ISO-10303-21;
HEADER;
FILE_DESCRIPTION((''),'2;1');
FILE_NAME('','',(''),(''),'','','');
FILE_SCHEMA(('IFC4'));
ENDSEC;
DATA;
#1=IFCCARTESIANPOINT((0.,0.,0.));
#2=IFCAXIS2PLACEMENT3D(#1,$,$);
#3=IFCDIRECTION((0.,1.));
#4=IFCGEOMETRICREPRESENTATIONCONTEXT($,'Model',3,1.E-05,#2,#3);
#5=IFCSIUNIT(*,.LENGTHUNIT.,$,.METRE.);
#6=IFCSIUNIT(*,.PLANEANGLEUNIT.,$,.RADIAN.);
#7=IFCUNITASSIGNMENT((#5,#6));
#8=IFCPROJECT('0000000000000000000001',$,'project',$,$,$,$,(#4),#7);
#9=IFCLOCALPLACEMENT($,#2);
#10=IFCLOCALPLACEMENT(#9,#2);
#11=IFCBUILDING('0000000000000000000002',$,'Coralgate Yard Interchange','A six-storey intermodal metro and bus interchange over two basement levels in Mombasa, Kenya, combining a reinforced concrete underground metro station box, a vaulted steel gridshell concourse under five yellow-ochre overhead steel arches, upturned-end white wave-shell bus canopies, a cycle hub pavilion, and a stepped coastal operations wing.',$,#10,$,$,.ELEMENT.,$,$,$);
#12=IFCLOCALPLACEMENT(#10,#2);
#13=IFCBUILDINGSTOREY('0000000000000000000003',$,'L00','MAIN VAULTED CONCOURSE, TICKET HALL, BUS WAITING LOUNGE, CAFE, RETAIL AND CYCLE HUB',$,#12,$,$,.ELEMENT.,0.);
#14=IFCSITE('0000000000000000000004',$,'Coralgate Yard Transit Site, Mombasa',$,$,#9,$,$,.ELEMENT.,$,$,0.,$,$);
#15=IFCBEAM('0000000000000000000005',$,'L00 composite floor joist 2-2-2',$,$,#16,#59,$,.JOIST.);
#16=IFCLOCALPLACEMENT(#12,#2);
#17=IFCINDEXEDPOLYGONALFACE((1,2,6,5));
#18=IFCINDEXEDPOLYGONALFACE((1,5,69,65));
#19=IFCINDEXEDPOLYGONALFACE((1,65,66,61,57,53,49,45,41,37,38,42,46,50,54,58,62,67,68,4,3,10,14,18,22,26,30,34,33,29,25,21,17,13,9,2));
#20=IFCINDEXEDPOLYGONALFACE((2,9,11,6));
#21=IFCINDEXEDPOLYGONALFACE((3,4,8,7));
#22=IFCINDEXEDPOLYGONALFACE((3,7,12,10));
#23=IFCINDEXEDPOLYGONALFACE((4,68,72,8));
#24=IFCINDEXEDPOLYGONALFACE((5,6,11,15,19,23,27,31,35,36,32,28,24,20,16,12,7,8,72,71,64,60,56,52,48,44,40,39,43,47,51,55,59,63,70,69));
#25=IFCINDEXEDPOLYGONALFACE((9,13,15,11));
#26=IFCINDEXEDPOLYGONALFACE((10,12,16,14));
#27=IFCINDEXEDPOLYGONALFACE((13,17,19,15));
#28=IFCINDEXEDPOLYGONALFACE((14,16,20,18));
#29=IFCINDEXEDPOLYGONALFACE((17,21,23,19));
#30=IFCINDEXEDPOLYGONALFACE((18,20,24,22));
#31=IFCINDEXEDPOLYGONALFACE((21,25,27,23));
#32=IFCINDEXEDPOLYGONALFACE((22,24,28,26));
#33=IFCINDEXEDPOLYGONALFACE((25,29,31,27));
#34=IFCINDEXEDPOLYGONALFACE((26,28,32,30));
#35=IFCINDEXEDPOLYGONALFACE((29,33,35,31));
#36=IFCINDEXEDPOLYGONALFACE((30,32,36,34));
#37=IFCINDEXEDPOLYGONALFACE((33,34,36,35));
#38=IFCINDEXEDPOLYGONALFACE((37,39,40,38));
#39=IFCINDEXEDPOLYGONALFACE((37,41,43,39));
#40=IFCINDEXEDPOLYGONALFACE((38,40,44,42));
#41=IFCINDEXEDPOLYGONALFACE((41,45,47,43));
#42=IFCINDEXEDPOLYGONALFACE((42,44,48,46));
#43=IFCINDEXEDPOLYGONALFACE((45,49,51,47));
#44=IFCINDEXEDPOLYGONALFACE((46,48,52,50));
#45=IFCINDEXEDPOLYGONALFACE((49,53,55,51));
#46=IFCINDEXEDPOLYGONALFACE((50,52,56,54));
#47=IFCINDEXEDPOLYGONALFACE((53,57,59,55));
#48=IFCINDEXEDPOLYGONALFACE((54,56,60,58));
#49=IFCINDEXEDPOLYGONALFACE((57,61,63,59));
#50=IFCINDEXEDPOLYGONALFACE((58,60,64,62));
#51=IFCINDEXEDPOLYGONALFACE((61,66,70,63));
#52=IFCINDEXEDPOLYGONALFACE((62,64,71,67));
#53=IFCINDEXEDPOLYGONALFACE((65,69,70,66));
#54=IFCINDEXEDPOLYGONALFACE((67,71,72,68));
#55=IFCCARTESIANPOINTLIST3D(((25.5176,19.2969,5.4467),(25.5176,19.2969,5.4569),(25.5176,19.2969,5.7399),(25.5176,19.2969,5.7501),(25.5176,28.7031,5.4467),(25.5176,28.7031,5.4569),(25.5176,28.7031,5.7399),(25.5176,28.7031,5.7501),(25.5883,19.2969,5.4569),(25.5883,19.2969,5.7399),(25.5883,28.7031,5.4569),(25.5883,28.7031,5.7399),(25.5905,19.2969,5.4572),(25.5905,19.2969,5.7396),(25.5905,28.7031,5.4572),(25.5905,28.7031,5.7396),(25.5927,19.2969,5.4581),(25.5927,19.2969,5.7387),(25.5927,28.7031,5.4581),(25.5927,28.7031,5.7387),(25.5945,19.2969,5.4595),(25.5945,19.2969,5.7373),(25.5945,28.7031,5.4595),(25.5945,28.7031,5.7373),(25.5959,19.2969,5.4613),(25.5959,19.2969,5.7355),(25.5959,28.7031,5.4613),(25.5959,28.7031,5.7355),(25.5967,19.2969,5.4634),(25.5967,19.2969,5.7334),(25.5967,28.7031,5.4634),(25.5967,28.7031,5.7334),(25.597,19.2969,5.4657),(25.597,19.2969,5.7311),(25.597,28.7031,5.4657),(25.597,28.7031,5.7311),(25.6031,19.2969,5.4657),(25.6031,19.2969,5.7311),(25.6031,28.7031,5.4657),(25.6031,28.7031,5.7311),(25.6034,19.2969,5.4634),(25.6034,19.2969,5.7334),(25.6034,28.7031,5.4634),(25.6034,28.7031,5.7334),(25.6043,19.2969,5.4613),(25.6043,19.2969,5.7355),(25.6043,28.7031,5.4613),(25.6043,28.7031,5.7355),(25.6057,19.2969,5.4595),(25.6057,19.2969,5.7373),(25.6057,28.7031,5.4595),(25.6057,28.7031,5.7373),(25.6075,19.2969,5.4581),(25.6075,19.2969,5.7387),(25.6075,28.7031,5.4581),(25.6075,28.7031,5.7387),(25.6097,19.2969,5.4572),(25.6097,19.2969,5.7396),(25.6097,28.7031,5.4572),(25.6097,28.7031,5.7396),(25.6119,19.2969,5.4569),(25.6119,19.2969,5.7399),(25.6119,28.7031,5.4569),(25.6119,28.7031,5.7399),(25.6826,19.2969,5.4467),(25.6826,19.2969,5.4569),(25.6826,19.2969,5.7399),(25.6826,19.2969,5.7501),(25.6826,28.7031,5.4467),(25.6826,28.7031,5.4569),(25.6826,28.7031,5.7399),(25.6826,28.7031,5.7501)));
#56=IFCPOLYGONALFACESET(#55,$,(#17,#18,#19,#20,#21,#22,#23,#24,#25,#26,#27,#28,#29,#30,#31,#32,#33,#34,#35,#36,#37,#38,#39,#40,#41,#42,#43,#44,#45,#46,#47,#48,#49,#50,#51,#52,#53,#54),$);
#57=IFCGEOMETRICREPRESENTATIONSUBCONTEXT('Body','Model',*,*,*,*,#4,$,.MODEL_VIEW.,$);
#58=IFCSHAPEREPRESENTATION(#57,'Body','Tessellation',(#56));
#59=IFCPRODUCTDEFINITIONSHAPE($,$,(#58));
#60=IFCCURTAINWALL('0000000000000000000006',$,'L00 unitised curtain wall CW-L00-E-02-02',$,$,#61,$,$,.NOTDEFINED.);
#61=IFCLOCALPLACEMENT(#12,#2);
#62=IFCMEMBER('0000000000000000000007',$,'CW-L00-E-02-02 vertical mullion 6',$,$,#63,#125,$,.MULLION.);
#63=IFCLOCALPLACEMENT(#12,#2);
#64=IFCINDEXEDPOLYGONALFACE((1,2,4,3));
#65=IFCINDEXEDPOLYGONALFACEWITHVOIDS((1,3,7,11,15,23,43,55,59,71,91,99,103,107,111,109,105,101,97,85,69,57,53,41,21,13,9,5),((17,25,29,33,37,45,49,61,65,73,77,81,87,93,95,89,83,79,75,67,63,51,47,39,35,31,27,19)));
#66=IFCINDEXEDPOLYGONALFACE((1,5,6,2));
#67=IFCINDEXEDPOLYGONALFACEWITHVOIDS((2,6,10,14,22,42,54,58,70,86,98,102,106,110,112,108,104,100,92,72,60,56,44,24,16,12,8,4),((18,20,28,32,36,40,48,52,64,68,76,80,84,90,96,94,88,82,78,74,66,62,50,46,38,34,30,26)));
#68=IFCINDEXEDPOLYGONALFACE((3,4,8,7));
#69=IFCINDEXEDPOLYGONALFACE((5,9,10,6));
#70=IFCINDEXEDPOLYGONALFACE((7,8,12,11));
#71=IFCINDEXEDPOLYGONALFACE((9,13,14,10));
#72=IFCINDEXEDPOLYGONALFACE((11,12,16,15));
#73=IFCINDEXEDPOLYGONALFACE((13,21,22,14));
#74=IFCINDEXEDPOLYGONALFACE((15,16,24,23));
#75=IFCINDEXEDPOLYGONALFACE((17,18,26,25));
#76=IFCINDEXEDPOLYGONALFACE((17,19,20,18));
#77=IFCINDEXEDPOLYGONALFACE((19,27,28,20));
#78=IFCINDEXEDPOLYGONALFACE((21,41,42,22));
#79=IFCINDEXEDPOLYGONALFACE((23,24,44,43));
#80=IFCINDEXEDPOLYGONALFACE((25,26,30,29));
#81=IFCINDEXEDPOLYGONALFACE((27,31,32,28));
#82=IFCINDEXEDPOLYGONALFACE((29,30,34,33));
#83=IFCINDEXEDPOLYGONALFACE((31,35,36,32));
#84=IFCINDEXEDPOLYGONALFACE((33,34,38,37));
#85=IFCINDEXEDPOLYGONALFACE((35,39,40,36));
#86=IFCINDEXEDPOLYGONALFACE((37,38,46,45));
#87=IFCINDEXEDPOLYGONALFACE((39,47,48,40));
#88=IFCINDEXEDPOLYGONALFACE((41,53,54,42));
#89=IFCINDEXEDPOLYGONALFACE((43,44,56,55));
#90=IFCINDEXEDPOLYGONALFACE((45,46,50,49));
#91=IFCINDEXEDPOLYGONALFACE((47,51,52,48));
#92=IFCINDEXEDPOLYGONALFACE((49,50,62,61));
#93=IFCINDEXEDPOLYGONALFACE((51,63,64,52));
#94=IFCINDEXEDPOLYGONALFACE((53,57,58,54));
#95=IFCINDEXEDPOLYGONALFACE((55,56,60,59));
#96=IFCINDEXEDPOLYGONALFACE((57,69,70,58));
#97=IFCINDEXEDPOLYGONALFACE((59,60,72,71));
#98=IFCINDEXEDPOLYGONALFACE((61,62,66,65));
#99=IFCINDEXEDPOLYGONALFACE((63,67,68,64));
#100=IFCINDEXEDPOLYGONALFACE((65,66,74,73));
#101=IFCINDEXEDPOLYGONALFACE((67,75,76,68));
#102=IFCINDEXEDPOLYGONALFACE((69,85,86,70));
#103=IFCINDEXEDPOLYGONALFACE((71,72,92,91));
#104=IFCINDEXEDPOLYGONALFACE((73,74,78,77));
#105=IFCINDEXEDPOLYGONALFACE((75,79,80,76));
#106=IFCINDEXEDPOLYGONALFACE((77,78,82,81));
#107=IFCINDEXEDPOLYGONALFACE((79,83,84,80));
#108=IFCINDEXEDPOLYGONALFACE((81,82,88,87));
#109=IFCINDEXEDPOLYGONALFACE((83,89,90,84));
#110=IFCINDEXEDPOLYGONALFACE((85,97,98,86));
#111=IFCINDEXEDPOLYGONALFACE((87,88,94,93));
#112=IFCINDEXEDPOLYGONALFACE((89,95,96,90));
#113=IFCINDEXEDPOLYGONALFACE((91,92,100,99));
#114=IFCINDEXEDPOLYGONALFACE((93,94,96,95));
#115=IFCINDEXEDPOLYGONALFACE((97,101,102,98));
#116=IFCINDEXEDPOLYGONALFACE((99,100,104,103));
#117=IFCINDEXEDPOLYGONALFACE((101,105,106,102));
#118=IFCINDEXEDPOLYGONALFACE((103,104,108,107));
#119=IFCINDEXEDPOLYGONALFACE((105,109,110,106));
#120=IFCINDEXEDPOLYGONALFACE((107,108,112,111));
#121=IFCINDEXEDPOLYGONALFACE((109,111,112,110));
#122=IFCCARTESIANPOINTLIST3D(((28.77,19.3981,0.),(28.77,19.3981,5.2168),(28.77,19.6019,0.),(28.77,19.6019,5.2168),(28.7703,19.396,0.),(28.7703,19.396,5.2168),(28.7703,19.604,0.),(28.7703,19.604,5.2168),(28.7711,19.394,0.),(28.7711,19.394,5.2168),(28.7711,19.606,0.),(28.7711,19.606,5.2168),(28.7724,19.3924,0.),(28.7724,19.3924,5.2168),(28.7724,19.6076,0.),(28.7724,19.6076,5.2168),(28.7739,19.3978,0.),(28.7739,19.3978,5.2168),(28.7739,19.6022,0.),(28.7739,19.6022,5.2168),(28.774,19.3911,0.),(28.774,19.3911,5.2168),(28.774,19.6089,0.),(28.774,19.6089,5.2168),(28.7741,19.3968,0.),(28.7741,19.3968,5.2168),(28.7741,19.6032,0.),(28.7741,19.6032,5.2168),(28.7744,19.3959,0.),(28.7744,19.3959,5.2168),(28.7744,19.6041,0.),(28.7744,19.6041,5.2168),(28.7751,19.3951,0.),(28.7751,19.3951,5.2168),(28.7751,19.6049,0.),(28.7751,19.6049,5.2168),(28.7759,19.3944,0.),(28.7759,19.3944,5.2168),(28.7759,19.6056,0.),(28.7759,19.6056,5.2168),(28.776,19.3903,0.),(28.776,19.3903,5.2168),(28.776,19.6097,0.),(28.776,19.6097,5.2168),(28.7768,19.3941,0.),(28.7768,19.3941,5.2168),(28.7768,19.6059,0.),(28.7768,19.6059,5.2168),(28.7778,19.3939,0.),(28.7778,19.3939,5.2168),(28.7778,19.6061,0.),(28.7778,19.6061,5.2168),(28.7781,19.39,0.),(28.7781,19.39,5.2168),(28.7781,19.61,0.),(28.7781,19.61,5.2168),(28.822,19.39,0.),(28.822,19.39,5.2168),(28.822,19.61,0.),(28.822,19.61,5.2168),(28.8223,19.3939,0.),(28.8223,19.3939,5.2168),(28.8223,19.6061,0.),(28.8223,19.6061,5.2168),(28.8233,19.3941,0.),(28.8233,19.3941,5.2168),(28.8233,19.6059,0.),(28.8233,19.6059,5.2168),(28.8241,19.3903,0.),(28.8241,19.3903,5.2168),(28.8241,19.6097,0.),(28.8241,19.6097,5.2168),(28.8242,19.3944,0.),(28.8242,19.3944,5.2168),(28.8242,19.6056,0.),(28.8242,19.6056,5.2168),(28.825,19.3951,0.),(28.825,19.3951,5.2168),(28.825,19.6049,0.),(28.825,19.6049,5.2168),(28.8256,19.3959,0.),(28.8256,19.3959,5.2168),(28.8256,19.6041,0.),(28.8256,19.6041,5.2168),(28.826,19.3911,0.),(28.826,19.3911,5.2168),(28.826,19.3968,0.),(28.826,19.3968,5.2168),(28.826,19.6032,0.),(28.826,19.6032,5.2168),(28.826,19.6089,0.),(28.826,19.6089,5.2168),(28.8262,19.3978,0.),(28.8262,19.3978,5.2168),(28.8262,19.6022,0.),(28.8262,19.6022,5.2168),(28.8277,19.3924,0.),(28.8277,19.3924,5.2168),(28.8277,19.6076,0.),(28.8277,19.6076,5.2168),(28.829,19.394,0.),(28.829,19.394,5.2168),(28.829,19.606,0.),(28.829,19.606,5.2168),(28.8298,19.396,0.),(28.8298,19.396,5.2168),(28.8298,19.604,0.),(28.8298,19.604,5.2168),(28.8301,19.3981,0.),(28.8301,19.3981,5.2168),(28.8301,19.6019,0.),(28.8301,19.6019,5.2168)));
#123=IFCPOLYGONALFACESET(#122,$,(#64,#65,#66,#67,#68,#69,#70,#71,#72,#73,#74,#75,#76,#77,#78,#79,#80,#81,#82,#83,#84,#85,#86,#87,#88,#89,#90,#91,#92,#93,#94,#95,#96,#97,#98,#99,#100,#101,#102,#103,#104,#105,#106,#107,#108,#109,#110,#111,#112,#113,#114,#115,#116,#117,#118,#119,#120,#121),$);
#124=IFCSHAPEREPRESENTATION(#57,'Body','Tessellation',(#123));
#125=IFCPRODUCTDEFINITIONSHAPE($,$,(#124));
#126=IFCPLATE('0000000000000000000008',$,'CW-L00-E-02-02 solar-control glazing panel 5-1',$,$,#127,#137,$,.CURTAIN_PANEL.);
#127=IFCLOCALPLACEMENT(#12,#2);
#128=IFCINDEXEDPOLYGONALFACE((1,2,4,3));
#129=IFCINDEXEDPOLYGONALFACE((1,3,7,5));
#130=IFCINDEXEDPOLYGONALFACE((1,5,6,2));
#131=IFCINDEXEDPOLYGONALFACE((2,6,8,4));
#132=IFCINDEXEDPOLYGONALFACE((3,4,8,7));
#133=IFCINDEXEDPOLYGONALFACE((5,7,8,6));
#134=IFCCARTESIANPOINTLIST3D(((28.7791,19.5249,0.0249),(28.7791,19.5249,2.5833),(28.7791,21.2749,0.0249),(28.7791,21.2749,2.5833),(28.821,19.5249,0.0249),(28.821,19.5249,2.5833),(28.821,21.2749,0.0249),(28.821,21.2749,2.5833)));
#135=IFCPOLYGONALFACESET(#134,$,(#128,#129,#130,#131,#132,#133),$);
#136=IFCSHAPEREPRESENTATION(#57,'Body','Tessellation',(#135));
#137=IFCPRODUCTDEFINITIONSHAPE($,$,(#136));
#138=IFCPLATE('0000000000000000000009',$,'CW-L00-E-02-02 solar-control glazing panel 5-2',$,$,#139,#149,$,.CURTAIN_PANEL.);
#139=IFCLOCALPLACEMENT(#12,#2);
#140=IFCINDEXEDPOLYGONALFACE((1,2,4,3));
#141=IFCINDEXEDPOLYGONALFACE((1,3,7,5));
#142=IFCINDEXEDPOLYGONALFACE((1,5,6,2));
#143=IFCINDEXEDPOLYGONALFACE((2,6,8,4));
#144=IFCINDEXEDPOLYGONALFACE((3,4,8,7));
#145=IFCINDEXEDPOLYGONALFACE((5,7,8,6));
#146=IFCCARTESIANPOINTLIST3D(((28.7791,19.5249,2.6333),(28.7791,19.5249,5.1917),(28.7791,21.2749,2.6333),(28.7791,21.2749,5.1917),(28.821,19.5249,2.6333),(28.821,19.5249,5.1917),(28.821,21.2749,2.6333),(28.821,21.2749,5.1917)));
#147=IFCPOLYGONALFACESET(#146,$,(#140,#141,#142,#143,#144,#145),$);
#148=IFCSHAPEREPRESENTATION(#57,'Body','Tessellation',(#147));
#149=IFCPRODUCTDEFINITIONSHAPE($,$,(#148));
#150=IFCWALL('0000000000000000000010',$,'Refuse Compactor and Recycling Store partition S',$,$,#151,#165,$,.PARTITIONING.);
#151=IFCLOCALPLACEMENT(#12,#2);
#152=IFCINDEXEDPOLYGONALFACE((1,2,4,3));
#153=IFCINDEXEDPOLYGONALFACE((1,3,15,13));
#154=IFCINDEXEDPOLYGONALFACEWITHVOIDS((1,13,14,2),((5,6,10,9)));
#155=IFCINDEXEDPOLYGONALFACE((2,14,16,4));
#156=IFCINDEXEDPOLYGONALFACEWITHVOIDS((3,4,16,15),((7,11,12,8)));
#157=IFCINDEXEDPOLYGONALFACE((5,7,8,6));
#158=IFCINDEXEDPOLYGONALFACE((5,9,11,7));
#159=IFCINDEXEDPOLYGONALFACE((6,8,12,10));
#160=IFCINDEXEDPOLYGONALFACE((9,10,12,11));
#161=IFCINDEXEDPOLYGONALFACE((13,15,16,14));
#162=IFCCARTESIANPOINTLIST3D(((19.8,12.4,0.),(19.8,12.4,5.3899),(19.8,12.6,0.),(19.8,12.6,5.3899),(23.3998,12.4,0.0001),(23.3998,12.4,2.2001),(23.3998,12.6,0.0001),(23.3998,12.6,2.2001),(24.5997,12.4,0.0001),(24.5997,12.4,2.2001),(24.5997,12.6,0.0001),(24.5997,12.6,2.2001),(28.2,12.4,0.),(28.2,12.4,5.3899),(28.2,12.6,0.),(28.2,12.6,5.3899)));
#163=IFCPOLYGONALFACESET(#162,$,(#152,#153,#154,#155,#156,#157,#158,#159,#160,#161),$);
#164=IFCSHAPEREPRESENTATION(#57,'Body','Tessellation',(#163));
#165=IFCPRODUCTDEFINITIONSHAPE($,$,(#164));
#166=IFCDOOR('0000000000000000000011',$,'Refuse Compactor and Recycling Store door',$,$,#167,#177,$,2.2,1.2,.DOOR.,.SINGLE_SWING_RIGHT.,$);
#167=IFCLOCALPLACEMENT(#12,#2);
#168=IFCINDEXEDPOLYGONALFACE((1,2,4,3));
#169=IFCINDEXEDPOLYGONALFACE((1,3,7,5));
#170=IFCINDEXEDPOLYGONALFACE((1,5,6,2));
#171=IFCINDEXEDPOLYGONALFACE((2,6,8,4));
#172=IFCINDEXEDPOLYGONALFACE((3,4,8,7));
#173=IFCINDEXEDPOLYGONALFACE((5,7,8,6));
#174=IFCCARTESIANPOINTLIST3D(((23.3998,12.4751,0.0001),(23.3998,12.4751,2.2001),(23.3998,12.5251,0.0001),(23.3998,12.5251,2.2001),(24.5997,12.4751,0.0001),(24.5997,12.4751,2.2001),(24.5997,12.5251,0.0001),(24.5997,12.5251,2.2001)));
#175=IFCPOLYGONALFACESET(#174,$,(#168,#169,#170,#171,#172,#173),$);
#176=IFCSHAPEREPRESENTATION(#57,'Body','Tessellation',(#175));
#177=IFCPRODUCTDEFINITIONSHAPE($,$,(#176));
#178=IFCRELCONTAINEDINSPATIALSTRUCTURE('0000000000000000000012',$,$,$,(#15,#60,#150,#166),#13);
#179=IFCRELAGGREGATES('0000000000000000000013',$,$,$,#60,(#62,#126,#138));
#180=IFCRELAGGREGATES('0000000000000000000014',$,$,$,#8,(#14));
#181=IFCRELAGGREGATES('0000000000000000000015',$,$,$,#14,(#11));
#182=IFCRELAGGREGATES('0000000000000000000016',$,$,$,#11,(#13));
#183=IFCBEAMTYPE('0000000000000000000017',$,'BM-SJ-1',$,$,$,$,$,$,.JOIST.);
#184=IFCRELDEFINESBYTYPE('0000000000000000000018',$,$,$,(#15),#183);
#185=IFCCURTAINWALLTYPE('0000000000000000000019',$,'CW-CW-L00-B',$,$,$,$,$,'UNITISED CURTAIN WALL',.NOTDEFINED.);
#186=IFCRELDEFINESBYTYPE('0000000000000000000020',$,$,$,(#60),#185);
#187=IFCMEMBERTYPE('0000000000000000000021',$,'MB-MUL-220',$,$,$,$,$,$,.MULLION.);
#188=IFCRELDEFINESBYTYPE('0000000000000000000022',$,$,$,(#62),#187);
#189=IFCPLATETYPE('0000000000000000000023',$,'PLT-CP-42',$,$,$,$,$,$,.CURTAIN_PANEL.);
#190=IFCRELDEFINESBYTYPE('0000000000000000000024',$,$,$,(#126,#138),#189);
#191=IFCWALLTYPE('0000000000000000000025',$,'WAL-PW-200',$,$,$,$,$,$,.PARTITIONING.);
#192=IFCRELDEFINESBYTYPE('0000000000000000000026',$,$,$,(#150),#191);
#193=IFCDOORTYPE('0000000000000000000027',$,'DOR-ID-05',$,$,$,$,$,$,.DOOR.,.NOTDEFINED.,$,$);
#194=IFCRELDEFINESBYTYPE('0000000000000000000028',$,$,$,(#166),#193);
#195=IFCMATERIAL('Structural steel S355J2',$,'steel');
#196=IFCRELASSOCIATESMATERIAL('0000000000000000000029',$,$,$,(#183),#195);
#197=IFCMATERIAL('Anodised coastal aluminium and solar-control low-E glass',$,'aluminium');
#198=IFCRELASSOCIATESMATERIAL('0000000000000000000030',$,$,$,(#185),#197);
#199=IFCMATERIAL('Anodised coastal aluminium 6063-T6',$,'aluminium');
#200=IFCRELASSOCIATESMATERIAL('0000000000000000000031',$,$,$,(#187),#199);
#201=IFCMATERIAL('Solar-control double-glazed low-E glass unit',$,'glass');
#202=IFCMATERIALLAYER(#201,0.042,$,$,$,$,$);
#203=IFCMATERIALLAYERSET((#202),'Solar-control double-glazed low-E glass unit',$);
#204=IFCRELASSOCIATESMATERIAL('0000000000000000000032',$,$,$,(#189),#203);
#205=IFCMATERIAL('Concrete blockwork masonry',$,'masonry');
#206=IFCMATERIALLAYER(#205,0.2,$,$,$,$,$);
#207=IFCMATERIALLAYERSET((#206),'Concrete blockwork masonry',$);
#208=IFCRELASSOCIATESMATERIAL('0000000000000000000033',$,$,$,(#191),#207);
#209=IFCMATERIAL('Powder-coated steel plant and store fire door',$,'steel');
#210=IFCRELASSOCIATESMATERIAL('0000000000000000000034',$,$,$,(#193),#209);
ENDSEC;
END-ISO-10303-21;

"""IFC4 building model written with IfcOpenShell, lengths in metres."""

from ifc_helpers import new_model, si_unit, direction, frame, frame_2d, origin, origin_2d, place, context, subcontext, project, spatial, rectangle, hollow_rectangle, i_section, extrude, material, layer, layer_set, material_profile, profile_set, type_object, element, fill, aggregate, save


model = new_model("IFC4")

# Units and contexts
model_context = context("Model", 3, precision=1e-05, world=origin(), true_north=direction((0.0, 1.0)))
body_context = subcontext(model_context, "Body", "Model", "MODEL_VIEW")
ifc_project = project(units=[si_unit("LENGTHUNIT", "METRE"), si_unit("PLANEANGLEUNIT", "RADIAN")], contexts=[model_context])

# Site, building, storey
site_placement = place(None, origin())
site = spatial("IfcSite", under=ifc_project, at=site_placement, Name="Coralgate Yard Transit Site, Mombasa", CompositionType="ELEMENT", RefElevation=0.0)
building_placement = place(site_placement, origin())
building = spatial("IfcBuilding", under=site, at=building_placement, Name="Coralgate Yard Interchange", Description="A six-storey intermodal metro and bus interchange over two basement levels in Mombasa, Kenya, combining a reinforced concrete underground metro station box, a vaulted steel gridshell concourse under five yellow-ochre overhead steel arches, upturned-end white wave-shell bus canopies, a cycle hub pavilion, and a stepped coastal operations wing.", CompositionType="ELEMENT")
storey_placement = place(building_placement, origin())
storey = spatial("IfcBuildingStorey", under=building, at=storey_placement, Name="L00", Description="MAIN VAULTED CONCOURSE, TICKET HALL, BUS WAITING LOUNGE, CAFE, RETAIL AND CYCLE HUB", CompositionType="ELEMENT", Elevation=0.0)

# Shared definitions
ifc_material_1 = material(Name="Structural steel S355J2", Category="steel")

# Beam
ifc_material_profile_1 = material_profile(ifc_material_1, i_section(OverallWidth=0.165, OverallDepth=0.3035, WebThickness=0.0061, FlangeThickness=0.0103, FilletRadius=0.0088, at=origin_2d()), Name="UB 305x165x40")
ifc_profile_set_1 = profile_set([ifc_material_profile_1], Name="Structural steel S355J2")
beam_type_1 = type_object("IfcBeamType", Name="BM-SJ-1", PredefinedType="JOIST", material=ifc_profile_set_1)
for number, where, z_axis, x_axis, name in (
    (1, (25.6001, 19.2969, 5.5984), (0.0, 1.0, 0.0), (-1.0, 0.0, 0.0), "L00 composite floor joist 2-2-2"),
):
    element("IfcBeam", number, at=place(storey_placement, frame(where, z_axis=z_axis, x_axis=x_axis)), inside=storey, type_object=beam_type_1, Name=name, PredefinedType="JOIST", context=body_context, shape_type="SweptSolid", body=[
        extrude(i_section(OverallWidth=0.165, OverallDepth=0.3035, WebThickness=0.0061, FlangeThickness=0.0103, FilletRadius=0.0088, at=origin_2d()), origin(), (0.0, 0.0, 1.0), 9.4062),
    ])

# Curtain wall, member, plates
ifc_material_2 = material(Name="Anodised coastal aluminium and solar-control low-E glass", Category="aluminium")
curtain_wall_type = type_object("IfcCurtainWallType", Name="CW-CW-L00-B", ElementType="UNITISED CURTAIN WALL", PredefinedType="NOTDEFINED", material=ifc_material_2)
curtain_wall_placement = place(storey_placement, origin())
curtain_wall = element("IfcCurtainWall", 2, at=curtain_wall_placement, inside=storey, type_object=curtain_wall_type, Name="L00 unitised curtain wall CW-L00-E-02-02", PredefinedType="NOTDEFINED")
ifc_material_3 = material(Name="Anodised coastal aluminium 6063-T6", Category="aluminium")
ifc_material_profile_2 = material_profile(ifc_material_3, hollow_rectangle(XDim=0.0601, YDim=0.22, WallThickness=0.0039, InnerFilletRadius=0.0039, OuterFilletRadius=0.0081, at=origin_2d()), Name="ALU 60x220x4")
ifc_profile_set_2 = profile_set([ifc_material_profile_2], Name="Anodised coastal aluminium 6063-T6")
member_type = type_object("IfcMemberType", Name="MB-MUL-220", PredefinedType="MULLION", material=ifc_profile_set_2)
member_placement = place(storey_placement, frame((28.8, 19.5, 0.0), z_axis=(0.0, 0.0, 1.0), x_axis=(1.0, 0.0, 0.0)))
member = element("IfcMember", 3, at=member_placement, type_object=member_type, Name="CW-L00-E-02-02 vertical mullion 6", PredefinedType="MULLION", context=body_context, shape_type="SweptSolid", body=[
    extrude(hollow_rectangle(XDim=0.0601, YDim=0.22, WallThickness=0.0039, InnerFilletRadius=0.0039, OuterFilletRadius=0.0081, at=origin_2d()), origin(), (0.0, 0.0, 1.0), 5.2168),
])
ifc_material_4 = material(Name="Solar-control double-glazed low-E glass unit", Category="glass")
ifc_layer_1 = layer(ifc_material_4, 0.042)
ifc_layer_set_1 = layer_set([ifc_layer_1], Name="Solar-control double-glazed low-E glass unit")
plate_type = type_object("IfcPlateType", Name="PLT-CP-42", PredefinedType="CURTAIN_PANEL", material=ifc_layer_set_1)
plate_1_placement = place(storey_placement, frame((28.8, 20.3999, 0.0249), z_axis=(0.0, 0.0, 1.0), x_axis=(0.0, -1.0, 0.0)))
plate_1 = element("IfcPlate", 4, at=plate_1_placement, type_object=plate_type, Name="CW-L00-E-02-02 solar-control glazing panel 5-1", PredefinedType="CURTAIN_PANEL", context=body_context, shape_type="SweptSolid", body=[
    extrude(rectangle(XDim=1.75, YDim=0.042, at=origin_2d()), origin(), (0.0, 0.0, 1.0), 2.5583),
])
plate_2_placement = place(storey_placement, frame((28.8, 20.3999, 2.6333), z_axis=(0.0, 0.0, 1.0), x_axis=(0.0, -1.0, 0.0)))
plate_2 = element("IfcPlate", 5, at=plate_2_placement, type_object=plate_type, Name="CW-L00-E-02-02 solar-control glazing panel 5-2", PredefinedType="CURTAIN_PANEL", context=body_context, shape_type="SweptSolid", body=[
    extrude(rectangle(XDim=1.75, YDim=0.042, at=origin_2d()), origin(), (0.0, 0.0, 1.0), 2.5583),
])
aggregate(curtain_wall, [member, plate_1, plate_2])

# Wall, opening, door
ifc_material_5 = material(Name="Concrete blockwork masonry", Category="masonry")
ifc_layer_2 = layer(ifc_material_5, 0.2)
ifc_layer_set_2 = layer_set([ifc_layer_2], Name="Concrete blockwork masonry")
wall_type = type_object("IfcWallType", Name="WAL-PW-200", PredefinedType="PARTITIONING", material=ifc_layer_set_2)
wall_1_placement = place(storey_placement, frame((28.2, 12.5, 0.0), z_axis=(0.0, 0.0, 1.0), x_axis=(-1.0, 0.0, 0.0)))
wall_1 = element("IfcWall", 6, at=wall_1_placement, inside=storey, type_object=wall_type, Name="Refuse Compactor and Recycling Store partition S", PredefinedType="PARTITIONING", context=body_context, shape_type="SweptSolid", body=[
    extrude(rectangle(XDim=8.3999, YDim=0.2, at=frame_2d((4.2, 0.0))), origin(), (0.0, 0.0, 1.0), 5.3899),
])
opening_placement = place(wall_1_placement, frame((3.6001, 0.0, 0.0)))
opening = element("IfcOpeningElement", 7, at=opening_placement, cuts=wall_1, PredefinedType="OPENING", context=body_context, shape_type="SweptSolid", body=[
    extrude(rectangle(XDim=1.2, YDim=2.2, at=frame_2d((0.6001, 1.1001))), frame((0.0, 0.1099, 0.0), z_axis=(0.0, -1.0, 0.0), x_axis=(1.0, 0.0, 0.0)), (0.0, 0.0, 1.0), 0.22),
])
ifc_material_6 = material(Name="Powder-coated steel plant and store fire door", Category="steel")
door_type = type_object("IfcDoorType", Name="DOR-ID-05", OperationType="NOTDEFINED", PredefinedType="DOOR", material=ifc_material_6)
door_placement = place(opening_placement, origin())
door = element("IfcDoor", 8, at=door_placement, inside=storey, type_object=door_type, Name="Refuse Compactor and Recycling Store door", OperationType="SINGLE_SWING_RIGHT", OverallHeight=2.2, OverallWidth=1.2, PredefinedType="DOOR", context=body_context, shape_type="SweptSolid", body=[
    extrude(rectangle(XDim=1.2, YDim=2.2, at=frame_2d((0.6001, 1.1001))), frame((0.0, 0.0249, 0.0), z_axis=(0.0, -1.0, 0.0), x_axis=(1.0, 0.0, 0.0)), (0.0, 0.0, 1.0), 0.05),
])
fill(opening, door)

save(model, "model.ifc")
